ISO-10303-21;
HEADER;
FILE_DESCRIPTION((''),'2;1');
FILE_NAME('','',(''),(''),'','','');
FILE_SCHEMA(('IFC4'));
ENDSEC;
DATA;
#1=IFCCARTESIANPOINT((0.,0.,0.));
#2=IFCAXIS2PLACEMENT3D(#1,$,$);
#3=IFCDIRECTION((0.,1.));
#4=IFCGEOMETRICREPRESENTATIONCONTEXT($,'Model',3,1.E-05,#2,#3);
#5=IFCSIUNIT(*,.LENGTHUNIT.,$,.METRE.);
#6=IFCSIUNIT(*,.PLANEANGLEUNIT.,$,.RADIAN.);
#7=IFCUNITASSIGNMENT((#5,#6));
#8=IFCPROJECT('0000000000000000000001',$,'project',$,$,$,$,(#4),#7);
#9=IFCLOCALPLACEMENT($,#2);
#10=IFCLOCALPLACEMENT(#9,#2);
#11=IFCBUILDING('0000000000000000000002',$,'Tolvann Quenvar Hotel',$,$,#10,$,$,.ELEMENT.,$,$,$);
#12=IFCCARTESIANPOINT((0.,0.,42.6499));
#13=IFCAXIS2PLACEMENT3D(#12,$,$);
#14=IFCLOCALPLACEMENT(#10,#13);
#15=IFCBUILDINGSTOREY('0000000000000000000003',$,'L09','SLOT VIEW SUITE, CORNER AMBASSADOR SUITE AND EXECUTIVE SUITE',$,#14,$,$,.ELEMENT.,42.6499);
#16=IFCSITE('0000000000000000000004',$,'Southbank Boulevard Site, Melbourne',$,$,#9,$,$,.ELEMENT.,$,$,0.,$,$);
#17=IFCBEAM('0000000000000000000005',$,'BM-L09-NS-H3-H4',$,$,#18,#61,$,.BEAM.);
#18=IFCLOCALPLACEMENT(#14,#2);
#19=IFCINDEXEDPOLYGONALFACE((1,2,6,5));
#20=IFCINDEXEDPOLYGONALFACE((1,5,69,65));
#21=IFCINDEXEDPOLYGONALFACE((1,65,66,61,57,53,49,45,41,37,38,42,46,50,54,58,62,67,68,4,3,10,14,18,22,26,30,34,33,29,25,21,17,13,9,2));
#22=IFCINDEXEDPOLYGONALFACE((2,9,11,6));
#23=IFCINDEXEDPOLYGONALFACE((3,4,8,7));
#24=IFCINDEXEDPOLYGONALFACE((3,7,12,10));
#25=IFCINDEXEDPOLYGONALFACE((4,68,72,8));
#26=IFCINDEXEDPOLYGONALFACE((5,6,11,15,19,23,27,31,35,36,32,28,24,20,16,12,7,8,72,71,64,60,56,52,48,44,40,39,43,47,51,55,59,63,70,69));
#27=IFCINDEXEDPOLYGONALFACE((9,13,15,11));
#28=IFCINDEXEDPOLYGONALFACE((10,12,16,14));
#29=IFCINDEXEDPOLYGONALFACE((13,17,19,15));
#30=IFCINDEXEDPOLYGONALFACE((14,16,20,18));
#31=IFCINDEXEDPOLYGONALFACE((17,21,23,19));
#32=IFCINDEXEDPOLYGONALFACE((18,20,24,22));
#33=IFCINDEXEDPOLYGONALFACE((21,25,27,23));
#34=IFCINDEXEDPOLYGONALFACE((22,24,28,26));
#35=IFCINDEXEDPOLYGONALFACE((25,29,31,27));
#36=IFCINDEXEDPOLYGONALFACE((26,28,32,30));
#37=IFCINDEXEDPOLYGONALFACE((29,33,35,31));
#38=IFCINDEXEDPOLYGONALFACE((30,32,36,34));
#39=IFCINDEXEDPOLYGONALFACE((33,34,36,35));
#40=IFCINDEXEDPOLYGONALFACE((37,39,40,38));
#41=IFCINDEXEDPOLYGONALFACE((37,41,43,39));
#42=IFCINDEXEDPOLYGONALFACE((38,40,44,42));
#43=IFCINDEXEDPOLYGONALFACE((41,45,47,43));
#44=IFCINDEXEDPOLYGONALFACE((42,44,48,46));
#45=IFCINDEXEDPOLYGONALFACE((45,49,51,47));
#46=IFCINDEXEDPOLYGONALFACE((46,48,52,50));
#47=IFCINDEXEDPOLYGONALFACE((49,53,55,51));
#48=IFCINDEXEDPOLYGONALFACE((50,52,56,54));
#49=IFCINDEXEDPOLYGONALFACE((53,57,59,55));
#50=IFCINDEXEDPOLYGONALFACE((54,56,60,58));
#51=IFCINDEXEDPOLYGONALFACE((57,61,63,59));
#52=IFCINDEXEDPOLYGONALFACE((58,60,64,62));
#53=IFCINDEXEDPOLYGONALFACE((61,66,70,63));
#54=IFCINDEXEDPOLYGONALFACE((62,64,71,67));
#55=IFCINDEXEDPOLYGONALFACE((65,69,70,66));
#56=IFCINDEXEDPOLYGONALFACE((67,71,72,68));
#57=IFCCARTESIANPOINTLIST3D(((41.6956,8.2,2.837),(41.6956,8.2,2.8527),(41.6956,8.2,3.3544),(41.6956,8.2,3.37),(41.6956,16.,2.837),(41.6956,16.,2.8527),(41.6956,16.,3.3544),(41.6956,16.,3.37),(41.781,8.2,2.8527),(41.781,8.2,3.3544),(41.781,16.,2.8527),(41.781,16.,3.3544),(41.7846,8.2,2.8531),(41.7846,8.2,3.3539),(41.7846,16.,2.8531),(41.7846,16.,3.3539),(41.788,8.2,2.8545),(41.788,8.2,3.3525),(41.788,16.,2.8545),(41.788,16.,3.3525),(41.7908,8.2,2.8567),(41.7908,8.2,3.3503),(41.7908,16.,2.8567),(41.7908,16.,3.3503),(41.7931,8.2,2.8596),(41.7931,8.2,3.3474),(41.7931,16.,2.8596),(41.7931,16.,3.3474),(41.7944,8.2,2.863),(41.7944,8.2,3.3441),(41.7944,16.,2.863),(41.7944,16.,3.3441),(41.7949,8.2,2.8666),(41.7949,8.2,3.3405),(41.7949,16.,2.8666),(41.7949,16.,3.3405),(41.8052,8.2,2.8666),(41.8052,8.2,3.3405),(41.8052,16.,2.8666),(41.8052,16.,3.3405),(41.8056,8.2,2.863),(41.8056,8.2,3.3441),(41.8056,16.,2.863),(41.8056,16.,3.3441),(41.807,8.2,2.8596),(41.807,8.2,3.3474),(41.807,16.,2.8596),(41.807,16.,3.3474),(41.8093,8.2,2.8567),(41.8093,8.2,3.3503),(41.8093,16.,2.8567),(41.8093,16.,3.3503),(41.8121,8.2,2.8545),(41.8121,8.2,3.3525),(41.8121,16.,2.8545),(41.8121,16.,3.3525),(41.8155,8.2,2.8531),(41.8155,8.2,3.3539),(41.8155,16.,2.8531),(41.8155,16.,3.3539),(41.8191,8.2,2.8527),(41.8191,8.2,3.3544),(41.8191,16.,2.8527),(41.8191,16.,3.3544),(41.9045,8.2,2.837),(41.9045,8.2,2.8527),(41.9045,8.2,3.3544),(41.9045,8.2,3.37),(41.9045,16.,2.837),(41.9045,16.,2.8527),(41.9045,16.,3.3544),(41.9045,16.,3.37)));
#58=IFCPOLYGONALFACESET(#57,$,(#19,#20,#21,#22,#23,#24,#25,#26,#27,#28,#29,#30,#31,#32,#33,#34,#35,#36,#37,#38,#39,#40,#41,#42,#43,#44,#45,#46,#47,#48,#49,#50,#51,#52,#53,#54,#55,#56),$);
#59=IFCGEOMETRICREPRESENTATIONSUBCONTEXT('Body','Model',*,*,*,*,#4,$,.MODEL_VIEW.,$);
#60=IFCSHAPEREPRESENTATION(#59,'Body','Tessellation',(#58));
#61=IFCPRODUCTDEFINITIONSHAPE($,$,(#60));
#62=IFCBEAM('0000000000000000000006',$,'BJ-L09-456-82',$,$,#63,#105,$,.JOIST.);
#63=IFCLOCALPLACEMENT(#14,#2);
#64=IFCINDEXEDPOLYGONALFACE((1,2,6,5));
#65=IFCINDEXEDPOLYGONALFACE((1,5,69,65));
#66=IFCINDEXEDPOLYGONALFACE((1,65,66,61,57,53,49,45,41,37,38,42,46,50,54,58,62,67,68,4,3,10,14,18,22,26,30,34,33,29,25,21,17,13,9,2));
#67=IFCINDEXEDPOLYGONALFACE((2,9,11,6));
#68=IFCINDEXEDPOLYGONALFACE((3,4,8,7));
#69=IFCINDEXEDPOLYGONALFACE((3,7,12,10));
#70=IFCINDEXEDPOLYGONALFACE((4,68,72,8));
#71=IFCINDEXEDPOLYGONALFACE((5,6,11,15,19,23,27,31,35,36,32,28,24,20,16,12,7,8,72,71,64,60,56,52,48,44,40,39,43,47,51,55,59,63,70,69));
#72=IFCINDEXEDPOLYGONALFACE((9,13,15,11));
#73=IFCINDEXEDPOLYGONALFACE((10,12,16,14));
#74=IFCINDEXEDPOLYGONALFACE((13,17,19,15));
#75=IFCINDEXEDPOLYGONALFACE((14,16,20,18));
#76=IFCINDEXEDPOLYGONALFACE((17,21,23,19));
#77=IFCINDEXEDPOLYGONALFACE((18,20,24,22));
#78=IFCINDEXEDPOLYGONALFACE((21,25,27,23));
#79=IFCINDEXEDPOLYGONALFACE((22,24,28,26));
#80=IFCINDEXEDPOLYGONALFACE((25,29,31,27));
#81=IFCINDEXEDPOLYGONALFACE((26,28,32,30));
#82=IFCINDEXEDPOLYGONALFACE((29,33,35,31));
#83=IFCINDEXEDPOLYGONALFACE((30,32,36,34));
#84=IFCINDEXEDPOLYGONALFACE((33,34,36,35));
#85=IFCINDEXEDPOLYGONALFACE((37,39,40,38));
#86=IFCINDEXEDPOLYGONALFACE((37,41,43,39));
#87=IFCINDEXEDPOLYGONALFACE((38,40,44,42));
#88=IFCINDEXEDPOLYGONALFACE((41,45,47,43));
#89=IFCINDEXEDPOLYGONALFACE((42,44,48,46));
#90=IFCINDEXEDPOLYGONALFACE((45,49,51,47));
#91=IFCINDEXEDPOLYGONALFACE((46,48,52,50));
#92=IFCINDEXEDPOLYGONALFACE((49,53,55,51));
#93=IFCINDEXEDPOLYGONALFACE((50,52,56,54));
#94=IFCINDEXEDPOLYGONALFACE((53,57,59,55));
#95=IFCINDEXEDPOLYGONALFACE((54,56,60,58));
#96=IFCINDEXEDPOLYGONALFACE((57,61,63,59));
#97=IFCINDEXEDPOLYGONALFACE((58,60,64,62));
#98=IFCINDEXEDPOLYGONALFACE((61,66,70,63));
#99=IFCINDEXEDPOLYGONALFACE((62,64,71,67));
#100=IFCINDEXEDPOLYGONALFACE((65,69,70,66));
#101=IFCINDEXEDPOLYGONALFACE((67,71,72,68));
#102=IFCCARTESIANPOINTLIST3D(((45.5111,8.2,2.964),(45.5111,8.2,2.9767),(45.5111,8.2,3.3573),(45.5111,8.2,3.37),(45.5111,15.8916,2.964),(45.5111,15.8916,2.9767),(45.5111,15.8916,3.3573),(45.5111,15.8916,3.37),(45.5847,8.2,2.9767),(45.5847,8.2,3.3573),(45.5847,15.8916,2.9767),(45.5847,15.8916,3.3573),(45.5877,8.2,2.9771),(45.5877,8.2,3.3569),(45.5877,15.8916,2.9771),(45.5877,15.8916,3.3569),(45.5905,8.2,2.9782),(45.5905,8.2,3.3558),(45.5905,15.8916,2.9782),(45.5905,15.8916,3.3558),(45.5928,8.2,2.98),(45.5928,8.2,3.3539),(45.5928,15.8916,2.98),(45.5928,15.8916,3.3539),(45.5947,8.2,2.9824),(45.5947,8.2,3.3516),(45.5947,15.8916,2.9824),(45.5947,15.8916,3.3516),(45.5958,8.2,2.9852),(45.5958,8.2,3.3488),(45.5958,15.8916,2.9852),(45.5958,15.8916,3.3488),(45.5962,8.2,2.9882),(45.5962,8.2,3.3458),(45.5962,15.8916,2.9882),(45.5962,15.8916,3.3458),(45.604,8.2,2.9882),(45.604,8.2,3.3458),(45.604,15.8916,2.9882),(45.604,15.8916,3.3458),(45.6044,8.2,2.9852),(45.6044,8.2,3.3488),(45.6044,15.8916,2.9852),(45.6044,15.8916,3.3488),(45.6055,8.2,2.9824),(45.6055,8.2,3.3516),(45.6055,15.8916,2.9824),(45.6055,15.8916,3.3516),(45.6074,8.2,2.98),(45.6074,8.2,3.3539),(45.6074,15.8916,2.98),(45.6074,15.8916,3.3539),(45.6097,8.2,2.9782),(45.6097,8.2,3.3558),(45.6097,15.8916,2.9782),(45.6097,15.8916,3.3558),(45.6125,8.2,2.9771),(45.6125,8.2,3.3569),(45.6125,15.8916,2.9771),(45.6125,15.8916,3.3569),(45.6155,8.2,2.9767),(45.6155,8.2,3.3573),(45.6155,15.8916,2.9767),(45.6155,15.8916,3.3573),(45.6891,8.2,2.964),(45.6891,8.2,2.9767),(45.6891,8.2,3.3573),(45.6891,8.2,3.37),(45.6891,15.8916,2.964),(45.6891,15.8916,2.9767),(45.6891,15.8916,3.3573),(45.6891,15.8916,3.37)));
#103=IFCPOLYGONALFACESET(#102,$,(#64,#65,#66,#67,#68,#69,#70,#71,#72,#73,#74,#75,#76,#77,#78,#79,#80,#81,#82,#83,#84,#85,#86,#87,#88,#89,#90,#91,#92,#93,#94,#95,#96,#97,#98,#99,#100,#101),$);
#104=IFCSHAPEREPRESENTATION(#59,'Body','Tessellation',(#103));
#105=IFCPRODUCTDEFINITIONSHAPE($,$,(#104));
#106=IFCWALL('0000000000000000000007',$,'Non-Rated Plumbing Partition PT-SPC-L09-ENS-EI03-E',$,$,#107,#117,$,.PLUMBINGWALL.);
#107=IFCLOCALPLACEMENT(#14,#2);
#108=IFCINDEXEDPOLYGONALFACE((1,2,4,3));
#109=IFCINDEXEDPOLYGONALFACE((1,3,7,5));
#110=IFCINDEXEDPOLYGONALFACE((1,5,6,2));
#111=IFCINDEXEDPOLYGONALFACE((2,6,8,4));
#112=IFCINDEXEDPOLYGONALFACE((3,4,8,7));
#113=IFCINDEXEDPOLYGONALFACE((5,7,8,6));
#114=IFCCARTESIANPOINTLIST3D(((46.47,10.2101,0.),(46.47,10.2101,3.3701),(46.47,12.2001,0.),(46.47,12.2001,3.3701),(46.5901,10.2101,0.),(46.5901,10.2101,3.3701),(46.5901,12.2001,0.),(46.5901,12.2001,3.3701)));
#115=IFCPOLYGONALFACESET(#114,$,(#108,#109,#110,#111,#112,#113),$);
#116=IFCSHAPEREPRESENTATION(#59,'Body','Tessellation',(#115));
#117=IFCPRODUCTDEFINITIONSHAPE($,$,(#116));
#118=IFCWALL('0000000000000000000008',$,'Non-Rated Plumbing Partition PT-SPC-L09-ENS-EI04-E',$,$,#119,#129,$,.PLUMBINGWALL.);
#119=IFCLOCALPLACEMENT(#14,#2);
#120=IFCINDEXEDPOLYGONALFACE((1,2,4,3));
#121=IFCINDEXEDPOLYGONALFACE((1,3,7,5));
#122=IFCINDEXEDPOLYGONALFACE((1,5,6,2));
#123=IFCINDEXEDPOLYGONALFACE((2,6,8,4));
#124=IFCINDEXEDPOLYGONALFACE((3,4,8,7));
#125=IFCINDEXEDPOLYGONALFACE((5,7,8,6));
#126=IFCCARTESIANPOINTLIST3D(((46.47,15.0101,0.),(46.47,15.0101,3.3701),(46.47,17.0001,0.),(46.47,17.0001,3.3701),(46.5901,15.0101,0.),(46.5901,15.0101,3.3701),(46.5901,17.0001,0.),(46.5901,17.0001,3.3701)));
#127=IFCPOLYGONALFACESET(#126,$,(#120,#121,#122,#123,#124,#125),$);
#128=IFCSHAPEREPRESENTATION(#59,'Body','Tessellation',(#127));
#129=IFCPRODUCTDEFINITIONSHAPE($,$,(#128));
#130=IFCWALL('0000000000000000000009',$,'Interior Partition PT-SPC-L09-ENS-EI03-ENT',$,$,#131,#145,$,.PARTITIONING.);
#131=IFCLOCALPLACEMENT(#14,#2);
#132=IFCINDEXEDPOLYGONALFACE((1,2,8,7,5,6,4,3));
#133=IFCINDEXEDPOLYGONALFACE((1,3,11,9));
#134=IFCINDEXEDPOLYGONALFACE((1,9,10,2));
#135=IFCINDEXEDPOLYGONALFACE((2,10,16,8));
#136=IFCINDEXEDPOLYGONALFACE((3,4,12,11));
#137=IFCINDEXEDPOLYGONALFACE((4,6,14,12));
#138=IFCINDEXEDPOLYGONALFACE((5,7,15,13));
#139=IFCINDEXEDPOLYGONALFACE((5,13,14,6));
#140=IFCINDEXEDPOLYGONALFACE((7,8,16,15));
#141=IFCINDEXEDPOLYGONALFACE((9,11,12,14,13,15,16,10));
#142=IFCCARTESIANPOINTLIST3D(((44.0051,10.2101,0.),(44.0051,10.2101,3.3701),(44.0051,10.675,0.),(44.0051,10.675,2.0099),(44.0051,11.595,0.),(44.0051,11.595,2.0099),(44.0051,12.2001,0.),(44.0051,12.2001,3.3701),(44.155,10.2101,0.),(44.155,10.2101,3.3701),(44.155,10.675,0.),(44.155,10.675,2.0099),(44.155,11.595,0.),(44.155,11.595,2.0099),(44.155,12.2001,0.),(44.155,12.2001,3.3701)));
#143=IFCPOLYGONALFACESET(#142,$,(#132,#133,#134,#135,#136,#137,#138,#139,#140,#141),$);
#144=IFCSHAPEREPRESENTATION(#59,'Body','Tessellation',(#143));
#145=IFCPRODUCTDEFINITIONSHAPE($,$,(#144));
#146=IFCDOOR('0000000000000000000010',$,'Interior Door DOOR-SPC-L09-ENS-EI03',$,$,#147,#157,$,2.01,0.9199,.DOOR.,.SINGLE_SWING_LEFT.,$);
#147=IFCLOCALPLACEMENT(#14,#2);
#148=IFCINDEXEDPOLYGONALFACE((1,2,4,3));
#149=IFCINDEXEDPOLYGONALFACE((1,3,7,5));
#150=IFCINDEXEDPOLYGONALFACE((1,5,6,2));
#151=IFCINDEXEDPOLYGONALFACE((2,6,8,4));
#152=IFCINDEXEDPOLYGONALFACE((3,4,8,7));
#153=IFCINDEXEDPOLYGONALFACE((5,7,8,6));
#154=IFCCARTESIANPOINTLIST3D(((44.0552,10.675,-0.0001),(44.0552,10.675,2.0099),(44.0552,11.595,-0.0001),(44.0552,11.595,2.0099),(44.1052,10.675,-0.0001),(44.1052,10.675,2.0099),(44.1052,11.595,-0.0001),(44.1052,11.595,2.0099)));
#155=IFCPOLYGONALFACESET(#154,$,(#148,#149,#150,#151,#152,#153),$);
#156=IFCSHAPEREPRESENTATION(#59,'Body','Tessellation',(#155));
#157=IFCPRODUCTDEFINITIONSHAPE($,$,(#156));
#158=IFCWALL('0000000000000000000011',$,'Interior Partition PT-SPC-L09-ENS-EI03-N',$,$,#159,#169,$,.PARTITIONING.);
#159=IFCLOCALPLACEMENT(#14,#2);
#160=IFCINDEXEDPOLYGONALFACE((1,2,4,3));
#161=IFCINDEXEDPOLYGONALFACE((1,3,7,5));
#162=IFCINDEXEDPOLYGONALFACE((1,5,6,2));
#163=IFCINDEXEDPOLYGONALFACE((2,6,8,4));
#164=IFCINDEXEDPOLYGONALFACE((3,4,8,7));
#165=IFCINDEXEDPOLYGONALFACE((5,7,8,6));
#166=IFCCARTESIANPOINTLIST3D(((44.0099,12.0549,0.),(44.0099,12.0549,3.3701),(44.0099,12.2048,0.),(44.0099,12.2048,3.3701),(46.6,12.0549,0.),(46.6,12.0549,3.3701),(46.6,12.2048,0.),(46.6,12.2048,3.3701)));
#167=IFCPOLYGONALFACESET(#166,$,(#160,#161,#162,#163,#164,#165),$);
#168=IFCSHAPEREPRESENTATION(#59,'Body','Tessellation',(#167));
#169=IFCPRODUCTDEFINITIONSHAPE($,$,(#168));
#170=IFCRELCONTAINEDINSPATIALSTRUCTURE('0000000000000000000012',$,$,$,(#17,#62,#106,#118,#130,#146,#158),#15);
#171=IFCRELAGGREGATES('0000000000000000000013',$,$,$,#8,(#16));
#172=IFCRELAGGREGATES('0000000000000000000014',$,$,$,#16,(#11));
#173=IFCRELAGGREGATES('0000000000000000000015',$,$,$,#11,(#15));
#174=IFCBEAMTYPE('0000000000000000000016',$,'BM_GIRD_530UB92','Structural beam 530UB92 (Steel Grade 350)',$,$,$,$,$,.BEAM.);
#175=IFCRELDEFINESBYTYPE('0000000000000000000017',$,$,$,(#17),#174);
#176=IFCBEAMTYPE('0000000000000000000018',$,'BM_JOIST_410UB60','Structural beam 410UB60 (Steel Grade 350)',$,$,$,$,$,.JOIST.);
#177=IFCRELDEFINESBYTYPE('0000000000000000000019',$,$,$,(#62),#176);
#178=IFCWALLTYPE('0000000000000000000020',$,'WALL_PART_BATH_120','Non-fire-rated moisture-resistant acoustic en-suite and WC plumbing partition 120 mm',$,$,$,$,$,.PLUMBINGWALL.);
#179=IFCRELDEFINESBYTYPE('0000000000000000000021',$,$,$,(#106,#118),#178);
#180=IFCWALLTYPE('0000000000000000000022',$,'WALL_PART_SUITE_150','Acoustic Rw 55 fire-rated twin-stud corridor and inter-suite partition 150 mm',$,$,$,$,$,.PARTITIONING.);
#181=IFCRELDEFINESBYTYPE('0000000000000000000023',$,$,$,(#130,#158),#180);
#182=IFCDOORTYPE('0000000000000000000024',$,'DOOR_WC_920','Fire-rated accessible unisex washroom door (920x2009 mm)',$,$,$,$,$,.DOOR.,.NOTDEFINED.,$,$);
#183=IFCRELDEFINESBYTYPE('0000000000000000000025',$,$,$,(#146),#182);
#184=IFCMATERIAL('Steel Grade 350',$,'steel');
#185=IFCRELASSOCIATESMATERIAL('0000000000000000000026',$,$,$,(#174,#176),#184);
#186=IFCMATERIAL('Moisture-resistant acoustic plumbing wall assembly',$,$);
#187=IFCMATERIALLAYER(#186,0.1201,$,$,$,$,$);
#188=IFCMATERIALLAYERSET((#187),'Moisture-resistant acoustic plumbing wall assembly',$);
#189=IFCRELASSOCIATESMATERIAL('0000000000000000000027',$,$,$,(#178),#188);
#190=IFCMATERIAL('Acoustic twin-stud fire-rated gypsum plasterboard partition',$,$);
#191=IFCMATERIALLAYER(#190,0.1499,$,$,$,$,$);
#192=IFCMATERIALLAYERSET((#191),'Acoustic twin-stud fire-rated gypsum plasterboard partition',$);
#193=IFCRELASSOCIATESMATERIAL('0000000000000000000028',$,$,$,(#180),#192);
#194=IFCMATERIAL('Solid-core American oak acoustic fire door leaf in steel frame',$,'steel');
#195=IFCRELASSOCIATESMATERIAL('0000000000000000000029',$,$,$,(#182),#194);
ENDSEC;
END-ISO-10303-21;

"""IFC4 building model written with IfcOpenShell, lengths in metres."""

from ifc_helpers import new_model, si_unit, direction, frame, frame_2d, origin, origin_2d, place, context, subcontext, project, spatial, rectangle, i_section, extrude, source, transform, mapped, material, layer, layer_set, material_profile, profile_set, type_object, type_shapes, element, fill, save


model = new_model("IFC4")

# Units and contexts
model_context = context("Model", 3, precision=1e-05, world=origin(), true_north=direction((0.0, 1.0)))
body_context = subcontext(model_context, "Body", "Model", "MODEL_VIEW")
ifc_project = project(units=[si_unit("LENGTHUNIT", "METRE"), si_unit("PLANEANGLEUNIT", "RADIAN")], contexts=[model_context])

# Site, building, storey
site_placement = place(None, origin())
site = spatial("IfcSite", under=ifc_project, at=site_placement, Name="Southbank Boulevard Site, Melbourne", CompositionType="ELEMENT", RefElevation=0.0)
building_placement = place(site_placement, origin())
building = spatial("IfcBuilding", under=site, at=building_placement, Name="Tolvann Quenvar Hotel", CompositionType="ELEMENT")
storey_placement = place(building_placement, frame((0.0, 0.0, 42.6499)))
storey = spatial("IfcBuildingStorey", under=building, at=storey_placement, Name="L09", Description="SLOT VIEW SUITE, CORNER AMBASSADOR SUITE AND EXECUTIVE SUITE", CompositionType="ELEMENT", Elevation=42.6499)

# Shared definitions
ifc_material_1 = material(Name="Steel Grade 350", Category="steel")

# Beams
ifc_material_profile_1 = material_profile(ifc_material_1, i_section(OverallWidth=0.209, OverallDepth=0.533, WebThickness=0.0103, FlangeThickness=0.0156, FilletRadius=0.0139, at=origin_2d()), Name="530UB92")
ifc_profile_set_1 = profile_set([ifc_material_profile_1], Name="Steel Grade 350")
beam_type_1 = type_object("IfcBeamType", Name="BM_GIRD_530UB92", Description="Structural beam 530UB92 (Steel Grade 350)", PredefinedType="BEAM", material=ifc_profile_set_1)
shared_shape_1 = source(origin(), body_context, "Body", "SweptSolid", [
    extrude(i_section(OverallWidth=0.209, OverallDepth=0.533, WebThickness=0.0103, FlangeThickness=0.0156, FilletRadius=0.0139, at=origin_2d()), origin(), (0.0, 0.0, 1.0), 7.8),
])
type_shapes(beam_type_1, [shared_shape_1])
for number, where, z_axis, x_axis, name in (
    (1, (41.8, 8.2, 3.1035), (0.0, 1.0, 0.0), (-1.0, 0.0, 0.0), "BM-L09-NS-H3-H4"),
):
    element("IfcBeam", number, at=place(storey_placement, frame(where, z_axis=z_axis, x_axis=x_axis)), inside=storey, type_object=beam_type_1, Name=name, PredefinedType="BEAM", context=body_context, shape_type="MappedRepresentation", body=[
        mapped(shared_shape_1, transform((0.0, 0.0, 0.0), x_axis=(1.0, 0.0, 0.0), y_axis=(0.0, 1.0, 0.0), z_axis=(0.0, 0.0, 1.0), scale=1.0)),
    ])
ifc_material_profile_2 = material_profile(ifc_material_1, i_section(OverallWidth=0.178, OverallDepth=0.406, WebThickness=0.0078, FlangeThickness=0.0127, FilletRadius=0.0115, at=origin_2d()), Name="410UB60")
ifc_profile_set_2 = profile_set([ifc_material_profile_2], Name="Steel Grade 350")
beam_type_2 = type_object("IfcBeamType", Name="BM_JOIST_410UB60", Description="Structural beam 410UB60 (Steel Grade 350)", PredefinedType="JOIST", material=ifc_profile_set_2)
shared_shape_2 = source(origin(), body_context, "Body", "SweptSolid", [
    extrude(i_section(OverallWidth=0.178, OverallDepth=0.406, WebThickness=0.0078, FlangeThickness=0.0127, FilletRadius=0.0115, at=origin_2d()), origin(), (0.0, 0.0, 1.0), 7.6917),
])
type_shapes(beam_type_2, [shared_shape_2])
beam_1_placement = place(storey_placement, frame((45.6001, 8.2, 3.167), z_axis=(0.0, 1.0, 0.0), x_axis=(-1.0, 0.0, 0.0)))
element("IfcBeam", 2, at=beam_1_placement, inside=storey, type_object=beam_type_2, Name="BJ-L09-456-82", PredefinedType="JOIST", context=body_context, shape_type="MappedRepresentation", body=[
    mapped(shared_shape_2, transform((0.0, 0.0, 0.0), x_axis=(1.0, 0.0, 0.0), y_axis=(0.0, 1.0, 0.0), z_axis=(0.0, 0.0, 1.0), scale=1.0)),
])

# Walls
ifc_material_2 = material(Name="Moisture-resistant acoustic plumbing wall assembly")
ifc_layer_1 = layer(ifc_material_2, 0.1201)
ifc_layer_set_1 = layer_set([ifc_layer_1], Name="Moisture-resistant acoustic plumbing wall assembly")
wall_type_1 = type_object("IfcWallType", Name="WALL_PART_BATH_120", Description="Non-fire-rated moisture-resistant acoustic en-suite and WC plumbing partition 120 mm", PredefinedType="PLUMBINGWALL", material=ifc_layer_set_1)
for number, where, z_axis, x_axis, name in (
    (3, (46.53, 10.21, 0.0), (0.0, 0.0, 1.0), (0.0, 1.0, 0.0), "Non-Rated Plumbing Partition PT-SPC-L09-ENS-EI03-E"),
    (4, (46.53, 15.01, 0.0), (0.0, 0.0, 1.0), (0.0, 1.0, 0.0), "Non-Rated Plumbing Partition PT-SPC-L09-ENS-EI04-E"),
):
    element("IfcWall", number, at=place(storey_placement, frame(where, z_axis=z_axis, x_axis=x_axis)), inside=storey, type_object=wall_type_1, Name=name, PredefinedType="PLUMBINGWALL", context=body_context, shape_type="SweptSolid", body=[
        extrude(rectangle(XDim=1.99, YDim=0.1201, at=frame_2d((0.9951, 0.0))), origin(), (0.0, 0.0, 1.0), 3.3701),
    ])

# Wall, opening, door
ifc_material_3 = material(Name="Acoustic twin-stud fire-rated gypsum plasterboard partition")
ifc_layer_2 = layer(ifc_material_3, 0.1499)
ifc_layer_set_2 = layer_set([ifc_layer_2], Name="Acoustic twin-stud fire-rated gypsum plasterboard partition")
wall_type_2 = type_object("IfcWallType", Name="WALL_PART_SUITE_150", Description="Acoustic Rw 55 fire-rated twin-stud corridor and inter-suite partition 150 mm", PredefinedType="PARTITIONING", material=ifc_layer_set_2)
wall_1_placement = place(storey_placement, frame((44.0801, 10.21, 0.0), z_axis=(0.0, 0.0, 1.0), x_axis=(0.0, 1.0, 0.0)))
wall_1 = element("IfcWall", 5, at=wall_1_placement, inside=storey, type_object=wall_type_2, Name="Interior Partition PT-SPC-L09-ENS-EI03-ENT", PredefinedType="PARTITIONING", context=body_context, shape_type="SweptSolid", body=[
    extrude(rectangle(XDim=1.99, YDim=0.1499, at=frame_2d((0.9951, 0.0))), origin(), (0.0, 0.0, 1.0), 3.3701),
])
opening_1_placement = place(wall_1_placement, frame((0.4651, 0.0, 0.0)))
opening_1 = element("IfcOpeningElement", 6, at=opening_1_placement, cuts=wall_1, PredefinedType="OPENING", context=body_context, shape_type="SweptSolid", body=[
    extrude(rectangle(XDim=0.9199, YDim=2.01, at=frame_2d((0.46, 1.0049))), frame((0.0, 0.085, 0.0), z_axis=(0.0, -1.0, 0.0), x_axis=(1.0, 0.0, 0.0)), (0.0, 0.0, 1.0), 0.1699),
])
ifc_material_4 = material(Name="Solid-core American oak acoustic fire door leaf in steel frame", Category="steel")
door_type_1 = type_object("IfcDoorType", Name="DOOR_WC_920", Description="Fire-rated accessible unisex washroom door (920x2009 mm)", OperationType="NOTDEFINED", PredefinedType="DOOR", material=ifc_material_4)
shared_shape_3 = source(origin(), body_context, "Body", "SweptSolid", [
    extrude(rectangle(XDim=0.9199, YDim=2.01, at=frame_2d((0.46, 1.0049))), frame((0.0, 0.0249, 0.0), z_axis=(0.0, -1.0, 0.0), x_axis=(1.0, 0.0, 0.0)), (0.0, 0.0, 1.0), 0.05),
])
type_shapes(door_type_1, [shared_shape_3])
door_1_placement = place(opening_1_placement, origin())
door_1 = element("IfcDoor", 7, at=door_1_placement, inside=storey, type_object=door_type_1, Name="Interior Door DOOR-SPC-L09-ENS-EI03", OperationType="SINGLE_SWING_LEFT", OverallHeight=2.01, OverallWidth=0.9199, PredefinedType="DOOR", context=body_context, shape_type="MappedRepresentation", body=[
    mapped(shared_shape_3, transform((0.0, 0.0, 0.0), x_axis=(1.0, 0.0, 0.0), y_axis=(0.0, 1.0, 0.0), z_axis=(0.0, 0.0, 1.0), scale=1.0)),
])
fill(opening_1, door_1)

# Wall
wall_2_placement = place(storey_placement, frame((44.01, 12.1299, 0.0), z_axis=(0.0, 0.0, 1.0), x_axis=(1.0, 0.0, 0.0)))
element("IfcWall", 8, at=wall_2_placement, inside=storey, type_object=wall_type_2, Name="Interior Partition PT-SPC-L09-ENS-EI03-N", PredefinedType="PARTITIONING", context=body_context, shape_type="SweptSolid", body=[
    extrude(rectangle(XDim=2.5901, YDim=0.1499, at=frame_2d((1.2949, 0.0))), origin(), (0.0, 0.0, 1.0), 3.3701),
])

save(model, "model.ifc")
